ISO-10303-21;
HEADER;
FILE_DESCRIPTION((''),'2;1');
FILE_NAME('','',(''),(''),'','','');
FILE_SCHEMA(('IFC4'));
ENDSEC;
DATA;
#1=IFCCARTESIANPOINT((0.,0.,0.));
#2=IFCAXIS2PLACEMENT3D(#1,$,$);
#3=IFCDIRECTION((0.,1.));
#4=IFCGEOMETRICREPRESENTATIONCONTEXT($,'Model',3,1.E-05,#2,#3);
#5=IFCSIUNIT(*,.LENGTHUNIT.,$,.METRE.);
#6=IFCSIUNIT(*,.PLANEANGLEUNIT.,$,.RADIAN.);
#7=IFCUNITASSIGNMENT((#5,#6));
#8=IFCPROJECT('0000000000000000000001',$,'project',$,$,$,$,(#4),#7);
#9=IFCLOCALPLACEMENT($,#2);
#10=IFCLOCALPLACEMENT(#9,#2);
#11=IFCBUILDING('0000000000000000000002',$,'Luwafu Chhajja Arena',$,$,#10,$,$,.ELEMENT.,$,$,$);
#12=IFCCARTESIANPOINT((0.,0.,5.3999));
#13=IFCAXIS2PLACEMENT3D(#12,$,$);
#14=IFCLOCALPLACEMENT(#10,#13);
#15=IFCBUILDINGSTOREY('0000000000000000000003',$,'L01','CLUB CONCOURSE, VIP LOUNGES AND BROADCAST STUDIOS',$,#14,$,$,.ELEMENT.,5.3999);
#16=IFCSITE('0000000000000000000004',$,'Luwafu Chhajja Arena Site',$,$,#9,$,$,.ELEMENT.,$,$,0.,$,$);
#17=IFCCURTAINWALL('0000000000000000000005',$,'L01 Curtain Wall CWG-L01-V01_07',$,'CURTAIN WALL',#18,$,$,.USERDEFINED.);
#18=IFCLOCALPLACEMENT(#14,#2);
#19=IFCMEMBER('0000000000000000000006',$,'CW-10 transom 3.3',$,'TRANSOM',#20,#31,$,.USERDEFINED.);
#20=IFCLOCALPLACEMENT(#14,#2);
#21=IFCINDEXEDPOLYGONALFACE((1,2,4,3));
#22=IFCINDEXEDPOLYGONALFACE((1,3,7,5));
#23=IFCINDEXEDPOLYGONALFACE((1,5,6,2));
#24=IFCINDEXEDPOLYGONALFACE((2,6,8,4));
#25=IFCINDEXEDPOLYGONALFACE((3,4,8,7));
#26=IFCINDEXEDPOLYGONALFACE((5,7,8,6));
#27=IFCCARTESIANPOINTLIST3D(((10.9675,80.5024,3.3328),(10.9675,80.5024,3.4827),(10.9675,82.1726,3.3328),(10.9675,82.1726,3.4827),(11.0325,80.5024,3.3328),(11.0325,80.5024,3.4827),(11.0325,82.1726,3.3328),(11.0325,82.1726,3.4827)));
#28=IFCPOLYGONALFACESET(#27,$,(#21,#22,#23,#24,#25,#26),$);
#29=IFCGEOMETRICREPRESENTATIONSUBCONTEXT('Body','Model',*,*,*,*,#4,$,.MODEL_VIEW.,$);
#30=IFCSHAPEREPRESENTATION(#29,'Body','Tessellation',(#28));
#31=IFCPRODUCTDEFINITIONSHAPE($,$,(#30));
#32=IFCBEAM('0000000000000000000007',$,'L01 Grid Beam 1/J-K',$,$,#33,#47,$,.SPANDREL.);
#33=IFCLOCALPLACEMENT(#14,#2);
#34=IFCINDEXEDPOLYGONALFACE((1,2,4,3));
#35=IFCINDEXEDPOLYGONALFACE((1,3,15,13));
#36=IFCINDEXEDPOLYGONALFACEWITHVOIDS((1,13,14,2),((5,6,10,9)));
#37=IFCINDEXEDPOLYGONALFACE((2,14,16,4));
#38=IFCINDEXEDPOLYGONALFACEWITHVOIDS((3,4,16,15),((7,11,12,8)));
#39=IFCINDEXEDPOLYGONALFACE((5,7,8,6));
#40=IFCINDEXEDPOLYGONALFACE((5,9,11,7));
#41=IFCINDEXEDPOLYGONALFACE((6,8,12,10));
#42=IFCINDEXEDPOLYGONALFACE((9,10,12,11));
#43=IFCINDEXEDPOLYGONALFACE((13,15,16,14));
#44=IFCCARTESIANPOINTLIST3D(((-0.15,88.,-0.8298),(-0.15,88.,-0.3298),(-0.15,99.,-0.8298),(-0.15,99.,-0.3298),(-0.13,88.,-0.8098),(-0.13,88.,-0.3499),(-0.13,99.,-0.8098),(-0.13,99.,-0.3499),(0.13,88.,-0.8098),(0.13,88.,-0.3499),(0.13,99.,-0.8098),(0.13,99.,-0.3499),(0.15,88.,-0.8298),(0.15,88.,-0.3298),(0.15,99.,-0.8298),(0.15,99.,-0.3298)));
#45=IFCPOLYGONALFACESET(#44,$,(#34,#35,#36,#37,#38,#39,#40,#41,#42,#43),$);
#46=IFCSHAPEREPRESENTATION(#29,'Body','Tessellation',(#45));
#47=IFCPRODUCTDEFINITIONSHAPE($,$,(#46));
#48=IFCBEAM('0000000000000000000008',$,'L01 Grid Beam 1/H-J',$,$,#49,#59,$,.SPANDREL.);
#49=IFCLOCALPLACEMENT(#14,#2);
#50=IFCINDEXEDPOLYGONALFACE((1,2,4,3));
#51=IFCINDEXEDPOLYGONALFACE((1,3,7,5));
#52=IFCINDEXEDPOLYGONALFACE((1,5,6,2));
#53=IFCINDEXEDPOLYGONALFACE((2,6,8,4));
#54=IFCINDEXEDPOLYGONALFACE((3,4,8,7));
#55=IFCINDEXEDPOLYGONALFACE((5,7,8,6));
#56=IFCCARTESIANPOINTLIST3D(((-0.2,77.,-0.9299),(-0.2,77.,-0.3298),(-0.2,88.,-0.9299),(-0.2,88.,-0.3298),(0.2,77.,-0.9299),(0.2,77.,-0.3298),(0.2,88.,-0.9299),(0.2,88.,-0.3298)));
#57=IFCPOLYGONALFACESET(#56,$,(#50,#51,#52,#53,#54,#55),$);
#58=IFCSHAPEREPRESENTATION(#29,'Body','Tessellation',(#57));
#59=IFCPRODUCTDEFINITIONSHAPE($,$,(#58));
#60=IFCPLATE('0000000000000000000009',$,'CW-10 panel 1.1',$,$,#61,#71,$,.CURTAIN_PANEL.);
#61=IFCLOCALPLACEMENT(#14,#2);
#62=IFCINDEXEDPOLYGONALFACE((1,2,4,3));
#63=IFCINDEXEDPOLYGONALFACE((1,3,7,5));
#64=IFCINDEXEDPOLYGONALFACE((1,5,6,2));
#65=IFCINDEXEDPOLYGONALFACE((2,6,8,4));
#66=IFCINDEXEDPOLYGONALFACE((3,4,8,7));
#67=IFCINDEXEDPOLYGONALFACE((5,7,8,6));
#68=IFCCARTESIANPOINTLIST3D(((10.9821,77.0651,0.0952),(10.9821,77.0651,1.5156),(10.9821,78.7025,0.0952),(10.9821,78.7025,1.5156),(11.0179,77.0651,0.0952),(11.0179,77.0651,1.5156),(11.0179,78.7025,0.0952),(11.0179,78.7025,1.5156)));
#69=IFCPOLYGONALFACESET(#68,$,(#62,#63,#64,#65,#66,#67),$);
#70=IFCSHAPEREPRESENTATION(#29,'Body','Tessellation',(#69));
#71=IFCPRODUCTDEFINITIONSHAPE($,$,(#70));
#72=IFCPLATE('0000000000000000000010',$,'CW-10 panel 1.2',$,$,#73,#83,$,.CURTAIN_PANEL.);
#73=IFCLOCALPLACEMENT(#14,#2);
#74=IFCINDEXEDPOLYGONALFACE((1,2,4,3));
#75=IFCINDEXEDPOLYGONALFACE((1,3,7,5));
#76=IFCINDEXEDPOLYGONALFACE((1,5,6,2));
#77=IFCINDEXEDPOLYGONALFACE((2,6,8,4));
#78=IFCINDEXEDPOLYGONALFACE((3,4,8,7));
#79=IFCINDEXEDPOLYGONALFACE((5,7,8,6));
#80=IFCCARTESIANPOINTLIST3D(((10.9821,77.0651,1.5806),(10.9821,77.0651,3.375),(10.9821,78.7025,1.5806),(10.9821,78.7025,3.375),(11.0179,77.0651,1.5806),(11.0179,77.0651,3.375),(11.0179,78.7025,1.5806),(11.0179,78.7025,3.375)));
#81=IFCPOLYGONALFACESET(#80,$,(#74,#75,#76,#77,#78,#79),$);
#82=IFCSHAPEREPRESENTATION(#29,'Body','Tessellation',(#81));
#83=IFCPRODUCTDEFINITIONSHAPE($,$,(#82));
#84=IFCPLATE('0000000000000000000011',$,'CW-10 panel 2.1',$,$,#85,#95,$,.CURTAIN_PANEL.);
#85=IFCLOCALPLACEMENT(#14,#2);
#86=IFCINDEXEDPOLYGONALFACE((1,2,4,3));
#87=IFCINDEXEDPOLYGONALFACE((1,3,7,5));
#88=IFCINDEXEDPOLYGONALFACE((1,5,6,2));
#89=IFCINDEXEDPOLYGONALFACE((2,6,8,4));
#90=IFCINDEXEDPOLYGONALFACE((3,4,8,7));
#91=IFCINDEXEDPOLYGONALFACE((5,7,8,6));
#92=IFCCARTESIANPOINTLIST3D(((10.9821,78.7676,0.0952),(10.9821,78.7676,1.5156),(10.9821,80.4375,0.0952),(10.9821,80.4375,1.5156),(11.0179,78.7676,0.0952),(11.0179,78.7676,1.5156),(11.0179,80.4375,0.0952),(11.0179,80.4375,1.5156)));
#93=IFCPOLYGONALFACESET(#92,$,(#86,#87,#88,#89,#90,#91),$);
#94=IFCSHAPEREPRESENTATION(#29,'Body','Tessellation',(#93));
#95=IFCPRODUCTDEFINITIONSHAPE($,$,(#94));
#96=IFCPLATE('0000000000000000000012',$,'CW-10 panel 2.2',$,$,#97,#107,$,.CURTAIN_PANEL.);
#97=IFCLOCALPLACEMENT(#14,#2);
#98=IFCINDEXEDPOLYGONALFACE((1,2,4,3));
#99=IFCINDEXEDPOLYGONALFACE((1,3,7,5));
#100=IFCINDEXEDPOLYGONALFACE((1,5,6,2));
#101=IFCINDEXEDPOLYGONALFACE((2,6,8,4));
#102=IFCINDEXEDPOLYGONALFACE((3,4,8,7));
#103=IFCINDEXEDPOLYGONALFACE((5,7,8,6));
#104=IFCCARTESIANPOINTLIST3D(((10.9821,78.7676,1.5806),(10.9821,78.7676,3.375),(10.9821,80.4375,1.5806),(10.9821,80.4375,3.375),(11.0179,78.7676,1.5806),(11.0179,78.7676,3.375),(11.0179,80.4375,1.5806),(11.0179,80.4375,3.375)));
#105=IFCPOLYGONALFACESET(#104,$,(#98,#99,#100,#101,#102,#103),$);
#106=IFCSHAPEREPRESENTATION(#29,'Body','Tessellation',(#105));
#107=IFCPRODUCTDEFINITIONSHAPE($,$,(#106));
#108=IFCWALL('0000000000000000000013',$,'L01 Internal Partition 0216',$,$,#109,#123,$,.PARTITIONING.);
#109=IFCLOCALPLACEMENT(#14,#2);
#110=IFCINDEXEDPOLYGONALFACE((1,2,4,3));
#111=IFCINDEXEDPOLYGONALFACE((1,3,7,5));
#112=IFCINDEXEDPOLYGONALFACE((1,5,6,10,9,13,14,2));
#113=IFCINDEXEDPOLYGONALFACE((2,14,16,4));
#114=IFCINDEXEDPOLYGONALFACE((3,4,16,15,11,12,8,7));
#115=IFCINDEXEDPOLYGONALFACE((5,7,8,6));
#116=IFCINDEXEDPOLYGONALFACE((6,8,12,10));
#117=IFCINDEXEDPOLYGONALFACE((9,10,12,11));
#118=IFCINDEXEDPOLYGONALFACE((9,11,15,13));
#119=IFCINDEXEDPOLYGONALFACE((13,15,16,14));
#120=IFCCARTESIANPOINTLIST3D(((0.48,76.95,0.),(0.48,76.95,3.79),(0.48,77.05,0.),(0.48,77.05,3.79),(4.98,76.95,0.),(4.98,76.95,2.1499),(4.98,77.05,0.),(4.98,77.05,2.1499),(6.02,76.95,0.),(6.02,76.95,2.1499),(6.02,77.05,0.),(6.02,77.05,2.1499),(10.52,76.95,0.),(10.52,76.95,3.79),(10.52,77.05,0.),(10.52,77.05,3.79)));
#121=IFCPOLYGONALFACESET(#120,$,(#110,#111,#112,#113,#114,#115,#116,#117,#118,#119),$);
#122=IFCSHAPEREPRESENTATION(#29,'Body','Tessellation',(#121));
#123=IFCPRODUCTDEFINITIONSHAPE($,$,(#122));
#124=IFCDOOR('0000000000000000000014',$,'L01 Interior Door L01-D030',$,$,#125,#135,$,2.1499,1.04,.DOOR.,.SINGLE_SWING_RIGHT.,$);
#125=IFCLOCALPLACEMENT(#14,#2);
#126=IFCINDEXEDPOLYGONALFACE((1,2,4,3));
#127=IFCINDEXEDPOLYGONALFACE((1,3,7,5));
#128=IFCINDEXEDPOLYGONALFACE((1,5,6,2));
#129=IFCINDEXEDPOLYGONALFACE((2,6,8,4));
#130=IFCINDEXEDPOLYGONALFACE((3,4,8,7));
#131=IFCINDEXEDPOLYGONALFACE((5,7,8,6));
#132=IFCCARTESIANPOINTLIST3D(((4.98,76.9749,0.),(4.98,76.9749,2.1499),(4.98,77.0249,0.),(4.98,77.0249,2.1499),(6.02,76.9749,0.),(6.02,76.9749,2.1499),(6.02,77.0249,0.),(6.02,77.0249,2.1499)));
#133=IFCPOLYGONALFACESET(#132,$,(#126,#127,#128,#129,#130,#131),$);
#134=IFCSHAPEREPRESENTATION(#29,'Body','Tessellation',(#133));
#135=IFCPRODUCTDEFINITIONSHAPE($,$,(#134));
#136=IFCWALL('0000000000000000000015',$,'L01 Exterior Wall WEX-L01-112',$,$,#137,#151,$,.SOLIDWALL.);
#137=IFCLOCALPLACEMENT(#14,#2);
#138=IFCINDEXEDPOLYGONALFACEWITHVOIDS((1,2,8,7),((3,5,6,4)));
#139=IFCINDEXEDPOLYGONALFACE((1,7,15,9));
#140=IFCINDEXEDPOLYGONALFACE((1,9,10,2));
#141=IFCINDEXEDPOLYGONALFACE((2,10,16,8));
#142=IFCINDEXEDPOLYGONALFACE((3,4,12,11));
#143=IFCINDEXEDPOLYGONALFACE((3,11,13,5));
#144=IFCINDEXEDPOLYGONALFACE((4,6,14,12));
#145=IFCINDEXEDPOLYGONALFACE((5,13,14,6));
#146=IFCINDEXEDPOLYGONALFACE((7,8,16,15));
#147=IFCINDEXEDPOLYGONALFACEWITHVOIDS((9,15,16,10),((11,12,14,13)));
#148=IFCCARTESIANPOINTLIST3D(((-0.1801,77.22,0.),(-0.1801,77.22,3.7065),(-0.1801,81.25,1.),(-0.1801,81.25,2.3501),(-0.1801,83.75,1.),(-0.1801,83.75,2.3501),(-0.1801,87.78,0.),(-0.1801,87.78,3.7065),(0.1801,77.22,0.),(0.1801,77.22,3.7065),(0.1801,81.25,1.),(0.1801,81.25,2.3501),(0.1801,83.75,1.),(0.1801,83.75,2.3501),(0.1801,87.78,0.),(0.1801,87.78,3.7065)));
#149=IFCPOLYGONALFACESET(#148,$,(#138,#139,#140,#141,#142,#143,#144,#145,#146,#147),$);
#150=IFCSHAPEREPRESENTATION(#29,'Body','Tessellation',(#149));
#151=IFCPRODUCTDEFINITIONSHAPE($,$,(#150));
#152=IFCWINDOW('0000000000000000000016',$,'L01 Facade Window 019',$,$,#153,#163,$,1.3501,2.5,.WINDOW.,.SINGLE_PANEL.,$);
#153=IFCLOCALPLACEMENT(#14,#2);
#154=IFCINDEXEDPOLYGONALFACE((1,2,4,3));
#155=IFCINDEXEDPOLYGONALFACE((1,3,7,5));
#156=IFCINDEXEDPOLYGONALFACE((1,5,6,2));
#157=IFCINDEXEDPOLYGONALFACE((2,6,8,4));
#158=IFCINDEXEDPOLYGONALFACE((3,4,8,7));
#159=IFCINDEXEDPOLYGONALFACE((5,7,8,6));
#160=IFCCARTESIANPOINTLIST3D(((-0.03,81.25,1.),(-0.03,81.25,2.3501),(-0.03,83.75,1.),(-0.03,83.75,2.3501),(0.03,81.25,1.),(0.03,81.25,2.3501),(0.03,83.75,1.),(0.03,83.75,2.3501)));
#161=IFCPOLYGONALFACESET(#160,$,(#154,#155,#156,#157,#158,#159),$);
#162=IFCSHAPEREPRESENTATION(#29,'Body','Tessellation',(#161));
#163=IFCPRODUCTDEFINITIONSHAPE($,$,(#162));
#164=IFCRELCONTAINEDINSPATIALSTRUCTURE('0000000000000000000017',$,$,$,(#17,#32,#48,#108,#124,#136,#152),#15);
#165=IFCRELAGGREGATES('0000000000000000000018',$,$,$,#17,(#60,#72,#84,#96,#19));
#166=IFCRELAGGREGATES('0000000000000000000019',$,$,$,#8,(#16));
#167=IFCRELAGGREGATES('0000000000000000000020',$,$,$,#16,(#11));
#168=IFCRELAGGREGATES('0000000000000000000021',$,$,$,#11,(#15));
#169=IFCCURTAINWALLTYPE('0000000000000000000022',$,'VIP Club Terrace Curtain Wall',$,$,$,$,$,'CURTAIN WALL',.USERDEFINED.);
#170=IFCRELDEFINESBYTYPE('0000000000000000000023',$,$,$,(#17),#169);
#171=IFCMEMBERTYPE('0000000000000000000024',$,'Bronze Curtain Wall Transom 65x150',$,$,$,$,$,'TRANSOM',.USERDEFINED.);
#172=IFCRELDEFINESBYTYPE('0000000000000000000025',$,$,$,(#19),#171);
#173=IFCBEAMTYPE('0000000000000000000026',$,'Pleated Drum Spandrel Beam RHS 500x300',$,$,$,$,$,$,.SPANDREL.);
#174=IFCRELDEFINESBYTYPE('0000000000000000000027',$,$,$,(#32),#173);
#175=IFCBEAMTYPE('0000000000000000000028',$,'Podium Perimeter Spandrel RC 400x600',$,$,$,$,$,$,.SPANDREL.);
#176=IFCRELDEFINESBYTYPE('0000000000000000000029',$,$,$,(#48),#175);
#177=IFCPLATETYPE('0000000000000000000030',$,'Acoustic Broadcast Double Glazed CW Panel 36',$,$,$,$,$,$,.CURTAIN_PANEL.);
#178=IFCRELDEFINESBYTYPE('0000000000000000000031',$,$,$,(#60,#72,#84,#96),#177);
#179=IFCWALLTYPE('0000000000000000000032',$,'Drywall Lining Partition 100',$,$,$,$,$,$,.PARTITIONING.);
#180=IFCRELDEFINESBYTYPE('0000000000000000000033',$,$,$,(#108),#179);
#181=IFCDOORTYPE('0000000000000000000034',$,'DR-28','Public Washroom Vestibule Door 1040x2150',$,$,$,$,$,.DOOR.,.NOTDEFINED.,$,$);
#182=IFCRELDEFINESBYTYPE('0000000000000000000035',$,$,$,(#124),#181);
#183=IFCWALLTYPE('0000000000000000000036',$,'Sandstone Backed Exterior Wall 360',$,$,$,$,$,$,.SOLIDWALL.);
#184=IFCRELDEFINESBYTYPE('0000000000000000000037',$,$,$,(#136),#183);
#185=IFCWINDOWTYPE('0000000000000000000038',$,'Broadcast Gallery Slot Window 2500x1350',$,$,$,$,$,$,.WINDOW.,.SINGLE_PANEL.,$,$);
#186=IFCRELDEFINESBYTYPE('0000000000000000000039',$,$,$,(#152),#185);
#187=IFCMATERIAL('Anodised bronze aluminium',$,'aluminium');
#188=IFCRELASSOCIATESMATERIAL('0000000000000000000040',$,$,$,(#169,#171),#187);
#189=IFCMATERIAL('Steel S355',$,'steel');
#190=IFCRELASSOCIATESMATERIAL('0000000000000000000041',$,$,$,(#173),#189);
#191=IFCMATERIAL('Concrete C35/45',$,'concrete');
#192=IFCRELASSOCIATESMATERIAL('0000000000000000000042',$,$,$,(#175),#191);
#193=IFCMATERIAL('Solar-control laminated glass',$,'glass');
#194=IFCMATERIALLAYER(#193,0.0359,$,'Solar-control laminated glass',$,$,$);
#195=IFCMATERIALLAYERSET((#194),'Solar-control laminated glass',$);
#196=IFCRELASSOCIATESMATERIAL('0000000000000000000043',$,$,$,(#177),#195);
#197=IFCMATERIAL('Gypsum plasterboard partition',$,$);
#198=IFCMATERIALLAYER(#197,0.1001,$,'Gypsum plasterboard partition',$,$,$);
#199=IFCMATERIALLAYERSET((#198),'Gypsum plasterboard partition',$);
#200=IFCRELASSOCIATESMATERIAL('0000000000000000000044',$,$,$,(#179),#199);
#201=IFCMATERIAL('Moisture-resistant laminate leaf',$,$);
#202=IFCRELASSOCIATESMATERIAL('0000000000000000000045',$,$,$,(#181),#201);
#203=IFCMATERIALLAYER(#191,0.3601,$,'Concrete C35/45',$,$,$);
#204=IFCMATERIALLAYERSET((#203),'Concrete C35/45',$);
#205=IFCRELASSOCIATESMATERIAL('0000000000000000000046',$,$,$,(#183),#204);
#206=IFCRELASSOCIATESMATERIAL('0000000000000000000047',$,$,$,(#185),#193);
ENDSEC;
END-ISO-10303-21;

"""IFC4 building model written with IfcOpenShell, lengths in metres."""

from ifc_helpers import new_model, si_unit, direction, frame, frame_2d, origin, origin_2d, place, context, subcontext, project, spatial, rectangle, hollow_rectangle, extrude, material, layer, layer_set, material_profile, profile_set, type_object, element, fill, aggregate, save


model = new_model("IFC4")

# Units and contexts
model_context = context("Model", 3, precision=1e-05, world=origin(), true_north=direction((0.0, 1.0)))
body_context = subcontext(model_context, "Body", "Model", "MODEL_VIEW")
ifc_project = project(units=[si_unit("LENGTHUNIT", "METRE"), si_unit("PLANEANGLEUNIT", "RADIAN")], contexts=[model_context])

# Site, building, storey
site_placement = place(None, origin())
site = spatial("IfcSite", under=ifc_project, at=site_placement, Name="Luwafu Chhajja Arena Site", CompositionType="ELEMENT", RefElevation=0.0)
building_placement = place(site_placement, origin())
building = spatial("IfcBuilding", under=site, at=building_placement, Name="Luwafu Chhajja Arena", CompositionType="ELEMENT")
storey_placement = place(building_placement, frame((0.0, 0.0, 5.3999)))
storey = spatial("IfcBuildingStorey", under=building, at=storey_placement, Name="L01", Description="CLUB CONCOURSE, VIP LOUNGES AND BROADCAST STUDIOS", CompositionType="ELEMENT", Elevation=5.3999)

# Shared definitions
ifc_material_1 = material(Name="Concrete C35/45", Category="concrete")

# Curtain wall, member
ifc_material_2 = material(Name="Anodised bronze aluminium", Category="aluminium")
curtain_wall_type = type_object("IfcCurtainWallType", Name="VIP Club Terrace Curtain Wall", ElementType="CURTAIN WALL", PredefinedType="USERDEFINED", material=ifc_material_2)
curtain_wall_placement = place(storey_placement, origin())
curtain_wall = element("IfcCurtainWall", 1, at=curtain_wall_placement, inside=storey, type_object=curtain_wall_type, Name="L01 Curtain Wall CWG-L01-V01_07", ObjectType="CURTAIN WALL", PredefinedType="USERDEFINED")
ifc_material_profile_1 = material_profile(ifc_material_2, rectangle(XDim=0.0649, YDim=0.1499, at=origin_2d()), Name="CWT 65x150")
ifc_profile_set_1 = profile_set([ifc_material_profile_1], Name="Anodised bronze aluminium")
member_type_1 = type_object("IfcMemberType", Name="Bronze Curtain Wall Transom 65x150", ElementType="TRANSOM", PredefinedType="USERDEFINED", material=ifc_profile_set_1)
member_1_placement = place(storey_placement, frame((11.0, 80.5024, 3.4077), z_axis=(0.0, 1.0, 0.0), x_axis=(-1.0, 0.0, 0.0)))
member_1 = element("IfcMember", 2, at=member_1_placement, type_object=member_type_1, Name="CW-10 transom 3.3", ObjectType="TRANSOM", PredefinedType="USERDEFINED", context=body_context, shape_type="SweptSolid", body=[
    extrude(rectangle(XDim=0.0649, YDim=0.1499, at=origin_2d()), origin(), (0.0, 0.0, 1.0), 1.6702),
])

# Beams
ifc_material_3 = material(Name="Steel S355", Category="steel")
ifc_material_profile_2 = material_profile(ifc_material_3, hollow_rectangle(XDim=0.3, YDim=0.5, WallThickness=0.02, at=origin_2d()), Name="RHS 500x300x20")
ifc_profile_set_2 = profile_set([ifc_material_profile_2], Name="Steel S355")
beam_type_1 = type_object("IfcBeamType", Name="Pleated Drum Spandrel Beam RHS 500x300", PredefinedType="SPANDREL", material=ifc_profile_set_2)
beam_1_placement = place(storey_placement, frame((0.0, 88.0, -0.5798), z_axis=(0.0, 1.0, 0.0), x_axis=(-1.0, 0.0, 0.0)))
element("IfcBeam", 3, at=beam_1_placement, inside=storey, type_object=beam_type_1, Name="L01 Grid Beam 1/J-K", PredefinedType="SPANDREL", context=body_context, shape_type="SweptSolid", body=[
    extrude(hollow_rectangle(XDim=0.3, YDim=0.5, WallThickness=0.02, at=origin_2d()), origin(), (0.0, 0.0, 1.0), 11.0),
])
ifc_material_profile_3 = material_profile(ifc_material_1, rectangle(XDim=0.3999, YDim=0.6001, at=origin_2d()), Name="RC 400x600")
ifc_profile_set_3 = profile_set([ifc_material_profile_3], Name="Concrete C35/45")
beam_type_2 = type_object("IfcBeamType", Name="Podium Perimeter Spandrel RC 400x600", PredefinedType="SPANDREL", material=ifc_profile_set_3)
beam_2_placement = place(storey_placement, frame((0.0, 77.0, -0.6299), z_axis=(0.0, 1.0, 0.0), x_axis=(-1.0, 0.0, 0.0)))
element("IfcBeam", 4, at=beam_2_placement, inside=storey, type_object=beam_type_2, Name="L01 Grid Beam 1/H-J", PredefinedType="SPANDREL", context=body_context, shape_type="SweptSolid", body=[
    extrude(rectangle(XDim=0.3999, YDim=0.6001, at=origin_2d()), origin(), (0.0, 0.0, 1.0), 11.0),
])

# Plates
ifc_material_4 = material(Name="Solar-control laminated glass", Category="glass")
ifc_layer_1 = layer(ifc_material_4, 0.0359, Name="Solar-control laminated glass")
ifc_layer_set_1 = layer_set([ifc_layer_1], Name="Solar-control laminated glass")
plate_type = type_object("IfcPlateType", Name="Acoustic Broadcast Double Glazed CW Panel 36", PredefinedType="CURTAIN_PANEL", material=ifc_layer_set_1)
plate_1_placement = place(storey_placement, frame((11.0, 77.8838, 0.0952), z_axis=(0.0, 0.0, 1.0), x_axis=(0.0, 1.0, 0.0)))
plate_1 = element("IfcPlate", 5, at=plate_1_placement, type_object=plate_type, Name="CW-10 panel 1.1", PredefinedType="CURTAIN_PANEL", context=body_context, shape_type="SweptSolid", body=[
    extrude(rectangle(XDim=1.6375, YDim=0.0359, at=origin_2d()), origin(), (0.0, 0.0, 1.0), 1.4204),
])
plate_2_placement = place(storey_placement, frame((11.0, 77.8838, 1.5806), z_axis=(0.0, 0.0, 1.0), x_axis=(0.0, 1.0, 0.0)))
plate_2 = element("IfcPlate", 6, at=plate_2_placement, type_object=plate_type, Name="CW-10 panel 1.2", PredefinedType="CURTAIN_PANEL", context=body_context, shape_type="SweptSolid", body=[
    extrude(rectangle(XDim=1.6375, YDim=0.0359, at=origin_2d()), origin(), (0.0, 0.0, 1.0), 1.7944),
])
plate_3_placement = place(storey_placement, frame((11.0, 79.6025, 0.0952), z_axis=(0.0, 0.0, 1.0), x_axis=(0.0, 1.0, 0.0)))
plate_3 = element("IfcPlate", 7, at=plate_3_placement, type_object=plate_type, Name="CW-10 panel 2.1", PredefinedType="CURTAIN_PANEL", context=body_context, shape_type="SweptSolid", body=[
    extrude(rectangle(XDim=1.6699, YDim=0.0359, at=origin_2d()), origin(), (0.0, 0.0, 1.0), 1.4204),
])
plate_4_placement = place(storey_placement, frame((11.0, 79.6025, 1.5806), z_axis=(0.0, 0.0, 1.0), x_axis=(0.0, 1.0, 0.0)))
plate_4 = element("IfcPlate", 8, at=plate_4_placement, type_object=plate_type, Name="CW-10 panel 2.2", PredefinedType="CURTAIN_PANEL", context=body_context, shape_type="SweptSolid", body=[
    extrude(rectangle(XDim=1.6699, YDim=0.0359, at=origin_2d()), origin(), (0.0, 0.0, 1.0), 1.7944),
])
aggregate(curtain_wall, [plate_1, plate_2, plate_3, plate_4, member_1])

# Wall, opening, door
ifc_material_5 = material(Name="Gypsum plasterboard partition")
ifc_layer_2 = layer(ifc_material_5, 0.1001, Name="Gypsum plasterboard partition")
ifc_layer_set_2 = layer_set([ifc_layer_2], Name="Gypsum plasterboard partition")
wall_type_1 = type_object("IfcWallType", Name="Drywall Lining Partition 100", PredefinedType="PARTITIONING", material=ifc_layer_set_2)
wall_1_placement = place(storey_placement, frame((0.48, 77.0, 0.0), z_axis=(0.0, 0.0, 1.0), x_axis=(1.0, 0.0, 0.0)))
wall_1 = element("IfcWall", 9, at=wall_1_placement, inside=storey, type_object=wall_type_1, Name="L01 Internal Partition 0216", PredefinedType="PARTITIONING", context=body_context, shape_type="SweptSolid", body=[
    extrude(rectangle(XDim=10.04, YDim=0.1001, at=frame_2d((5.02, 0.0))), origin(), (0.0, 0.0, 1.0), 3.79),
])
opening_1_placement = place(wall_1_placement, frame((4.5, 0.0, 0.0)))
opening_1 = element("IfcOpeningElement", 10, at=opening_1_placement, cuts=wall_1, PredefinedType="OPENING", context=body_context, shape_type="SweptSolid", body=[
    extrude(rectangle(XDim=1.04, YDim=2.1499, at=frame_2d((0.52, 1.075))), frame((0.0, 0.0601, 0.0), z_axis=(0.0, -1.0, 0.0), x_axis=(1.0, 0.0, 0.0)), (0.0, 0.0, 1.0), 0.1201),
])
ifc_material_6 = material(Name="Moisture-resistant laminate leaf")
door_type = type_object("IfcDoorType", Name="DR-28", Description="Public Washroom Vestibule Door 1040x2150", OperationType="NOTDEFINED", PredefinedType="DOOR", material=ifc_material_6)
door_placement = place(opening_1_placement, origin())
door = element("IfcDoor", 11, at=door_placement, inside=storey, type_object=door_type, Name="L01 Interior Door L01-D030", OperationType="SINGLE_SWING_RIGHT", OverallHeight=2.1499, OverallWidth=1.04, PredefinedType="DOOR", context=body_context, shape_type="SweptSolid", body=[
    extrude(rectangle(XDim=1.04, YDim=2.1499, at=frame_2d((0.52, 1.075))), frame((0.0, 0.0249, 0.0), z_axis=(0.0, -1.0, 0.0), x_axis=(1.0, 0.0, 0.0)), (0.0, 0.0, 1.0), 0.05),
])
fill(opening_1, door)

# Wall, opening, window
ifc_layer_3 = layer(ifc_material_1, 0.3601, Name="Concrete C35/45")
ifc_layer_set_3 = layer_set([ifc_layer_3], Name="Concrete C35/45")
wall_type_2 = type_object("IfcWallType", Name="Sandstone Backed Exterior Wall 360", PredefinedType="SOLIDWALL", material=ifc_layer_set_3)
wall_2_placement = place(storey_placement, frame((0.0, 77.22, 0.0), z_axis=(0.0, 0.0, 1.0), x_axis=(0.0, 1.0, 0.0)))
wall_2 = element("IfcWall", 12, at=wall_2_placement, inside=storey, type_object=wall_type_2, Name="L01 Exterior Wall WEX-L01-112", PredefinedType="SOLIDWALL", context=body_context, shape_type="SweptSolid", body=[
    extrude(rectangle(XDim=10.5601, YDim=0.3601, at=frame_2d((5.28, 0.0))), origin(), (0.0, 0.0, 1.0), 3.7065),
])
opening_2_placement = place(wall_2_placement, frame((4.03, 0.0, 1.0)))
opening_2 = element("IfcOpeningElement", 13, at=opening_2_placement, cuts=wall_2, PredefinedType="OPENING", context=body_context, shape_type="SweptSolid", body=[
    extrude(rectangle(XDim=2.5, YDim=1.3501, at=frame_2d((1.25, 0.675))), frame((0.0, 0.1899, 0.0), z_axis=(0.0, -1.0, 0.0), x_axis=(1.0, 0.0, 0.0)), (0.0, 0.0, 1.0), 0.3801),
])
window_type = type_object("IfcWindowType", Name="Broadcast Gallery Slot Window 2500x1350", PartitioningType="SINGLE_PANEL", PredefinedType="WINDOW", material=ifc_material_4)
window_placement = place(opening_2_placement, origin())
window = element("IfcWindow", 14, at=window_placement, inside=storey, type_object=window_type, Name="L01 Facade Window 019", OverallHeight=1.3501, OverallWidth=2.5, PartitioningType="SINGLE_PANEL", PredefinedType="WINDOW", context=body_context, shape_type="SweptSolid", body=[
    extrude(rectangle(XDim=2.5, YDim=1.3501, at=frame_2d((1.25, 0.675))), frame((0.0, 0.03, 0.0), z_axis=(0.0, -1.0, 0.0), x_axis=(1.0, 0.0, 0.0)), (0.0, 0.0, 1.0), 0.0601),
])
fill(opening_2, window)

save(model, "model.ifc")
